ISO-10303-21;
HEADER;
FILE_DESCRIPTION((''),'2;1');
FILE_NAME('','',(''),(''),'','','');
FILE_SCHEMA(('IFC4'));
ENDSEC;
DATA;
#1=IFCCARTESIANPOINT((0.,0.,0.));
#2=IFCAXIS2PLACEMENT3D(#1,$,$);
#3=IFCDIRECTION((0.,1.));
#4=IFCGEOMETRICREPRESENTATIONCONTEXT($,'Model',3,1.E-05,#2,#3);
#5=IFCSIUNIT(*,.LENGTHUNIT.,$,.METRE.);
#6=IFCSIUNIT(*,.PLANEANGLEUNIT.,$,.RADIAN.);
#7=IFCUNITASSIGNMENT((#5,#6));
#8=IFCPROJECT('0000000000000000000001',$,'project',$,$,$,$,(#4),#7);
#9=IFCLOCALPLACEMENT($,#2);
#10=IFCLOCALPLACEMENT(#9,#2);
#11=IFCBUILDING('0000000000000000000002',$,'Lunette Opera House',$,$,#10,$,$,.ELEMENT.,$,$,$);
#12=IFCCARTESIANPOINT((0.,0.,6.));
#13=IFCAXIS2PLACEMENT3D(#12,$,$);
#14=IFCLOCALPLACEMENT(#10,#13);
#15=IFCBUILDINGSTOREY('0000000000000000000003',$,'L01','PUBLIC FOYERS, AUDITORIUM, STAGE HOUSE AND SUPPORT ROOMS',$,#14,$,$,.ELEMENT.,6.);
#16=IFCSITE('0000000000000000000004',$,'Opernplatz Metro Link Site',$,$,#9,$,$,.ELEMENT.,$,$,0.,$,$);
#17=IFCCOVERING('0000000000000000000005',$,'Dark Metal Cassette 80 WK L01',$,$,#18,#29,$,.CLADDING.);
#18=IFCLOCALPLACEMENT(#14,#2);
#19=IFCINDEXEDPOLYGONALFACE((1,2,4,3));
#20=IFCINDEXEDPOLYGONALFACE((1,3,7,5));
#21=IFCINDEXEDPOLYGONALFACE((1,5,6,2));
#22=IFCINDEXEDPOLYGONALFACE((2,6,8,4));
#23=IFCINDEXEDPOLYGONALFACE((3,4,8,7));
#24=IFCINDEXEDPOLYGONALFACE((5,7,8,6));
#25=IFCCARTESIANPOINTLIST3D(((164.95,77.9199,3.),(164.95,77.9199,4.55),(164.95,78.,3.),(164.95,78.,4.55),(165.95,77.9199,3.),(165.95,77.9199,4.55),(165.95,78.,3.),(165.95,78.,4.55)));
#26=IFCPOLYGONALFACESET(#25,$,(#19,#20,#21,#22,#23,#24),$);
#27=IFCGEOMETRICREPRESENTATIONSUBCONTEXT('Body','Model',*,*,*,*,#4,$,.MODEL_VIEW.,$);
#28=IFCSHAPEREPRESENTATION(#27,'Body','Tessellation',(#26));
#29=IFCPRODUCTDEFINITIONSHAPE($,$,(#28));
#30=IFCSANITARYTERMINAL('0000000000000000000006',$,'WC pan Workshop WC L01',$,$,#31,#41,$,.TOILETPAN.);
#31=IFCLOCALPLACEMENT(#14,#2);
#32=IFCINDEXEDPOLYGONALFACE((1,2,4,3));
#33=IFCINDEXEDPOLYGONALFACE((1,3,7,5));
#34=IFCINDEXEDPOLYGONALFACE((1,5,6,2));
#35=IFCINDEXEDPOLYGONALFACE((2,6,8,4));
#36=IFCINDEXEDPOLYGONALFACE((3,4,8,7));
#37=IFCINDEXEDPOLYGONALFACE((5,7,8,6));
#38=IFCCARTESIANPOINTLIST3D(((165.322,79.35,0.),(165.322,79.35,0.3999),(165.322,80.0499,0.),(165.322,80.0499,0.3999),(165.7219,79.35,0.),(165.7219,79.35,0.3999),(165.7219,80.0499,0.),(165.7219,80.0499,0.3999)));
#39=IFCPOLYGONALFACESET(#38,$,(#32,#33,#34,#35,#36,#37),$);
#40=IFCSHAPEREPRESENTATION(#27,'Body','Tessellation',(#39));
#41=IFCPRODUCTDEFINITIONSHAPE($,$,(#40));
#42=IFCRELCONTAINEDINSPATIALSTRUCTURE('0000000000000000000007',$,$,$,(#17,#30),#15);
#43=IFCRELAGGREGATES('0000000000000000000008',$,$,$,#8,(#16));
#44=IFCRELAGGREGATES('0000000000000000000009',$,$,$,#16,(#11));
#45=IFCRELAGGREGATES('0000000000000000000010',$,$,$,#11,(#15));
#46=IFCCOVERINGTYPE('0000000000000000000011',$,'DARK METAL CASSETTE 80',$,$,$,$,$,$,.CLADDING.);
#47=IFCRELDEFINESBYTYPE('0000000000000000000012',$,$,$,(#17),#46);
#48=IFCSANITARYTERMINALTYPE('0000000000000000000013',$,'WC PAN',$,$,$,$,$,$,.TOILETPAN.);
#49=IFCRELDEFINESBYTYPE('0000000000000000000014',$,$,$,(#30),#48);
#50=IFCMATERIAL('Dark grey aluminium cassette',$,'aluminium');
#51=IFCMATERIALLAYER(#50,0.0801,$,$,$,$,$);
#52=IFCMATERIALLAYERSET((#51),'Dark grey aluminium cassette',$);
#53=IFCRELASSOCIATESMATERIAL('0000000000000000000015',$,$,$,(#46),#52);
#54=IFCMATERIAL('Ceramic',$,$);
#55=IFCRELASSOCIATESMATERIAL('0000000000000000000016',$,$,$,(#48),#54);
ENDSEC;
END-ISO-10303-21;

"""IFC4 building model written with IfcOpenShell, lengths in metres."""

from ifc_helpers import new_model, si_unit, direction, frame, origin, origin_2d, place, context, subcontext, project, spatial, rectangle, extrude, material, layer, layer_set, type_object, element, save


model = new_model("IFC4")

# Units and contexts
model_context = context("Model", 3, precision=1e-05, world=origin(), true_north=direction((0.0, 1.0)))
body_context = subcontext(model_context, "Body", "Model", "MODEL_VIEW")
ifc_project = project(units=[si_unit("LENGTHUNIT", "METRE"), si_unit("PLANEANGLEUNIT", "RADIAN")], contexts=[model_context])

# Site, building, storey
site_placement = place(None, origin())
site = spatial("IfcSite", under=ifc_project, at=site_placement, Name="Opernplatz Metro Link Site", CompositionType="ELEMENT", RefElevation=0.0)
building_placement = place(site_placement, origin())
building = spatial("IfcBuilding", under=site, at=building_placement, Name="Lunette Opera House", CompositionType="ELEMENT")
storey_placement = place(building_placement, frame((0.0, 0.0, 6.0)))
storey = spatial("IfcBuildingStorey", under=building, at=storey_placement, Name="L01", Description="PUBLIC FOYERS, AUDITORIUM, STAGE HOUSE AND SUPPORT ROOMS", CompositionType="ELEMENT", Elevation=6.0)

# Covering
ifc_material_1 = material(Name="Dark grey aluminium cassette", Category="aluminium")
ifc_layer_1 = layer(ifc_material_1, 0.0801)
ifc_layer_set_1 = layer_set([ifc_layer_1], Name="Dark grey aluminium cassette")
covering_type = type_object("IfcCoveringType", Name="DARK METAL CASSETTE 80", PredefinedType="CLADDING", material=ifc_layer_set_1)
covering_1_placement = place(storey_placement, frame((165.45, 77.96, 3.0), z_axis=(0.0, 0.0, 1.0), x_axis=(1.0, 0.0, 0.0)))
element("IfcCovering", 1, at=covering_1_placement, inside=storey, type_object=covering_type, Name="Dark Metal Cassette 80 WK L01", PredefinedType="CLADDING", context=body_context, shape_type="SweptSolid", body=[
    extrude(rectangle(XDim=1.0, YDim=0.0801, at=origin_2d()), origin(), (0.0, 0.0, 1.0), 1.55),
])

# Sanitary terminal
ifc_material_2 = material(Name="Ceramic")
sanitary_terminal_type = type_object("IfcSanitaryTerminalType", Name="WC PAN", PredefinedType="TOILETPAN", material=ifc_material_2)
sanitary_terminal_placement = place(storey_placement, frame((165.522, 79.7, 0.0), z_axis=(0.0, 0.0, 1.0), x_axis=(1.0, 0.0, 0.0)))
element("IfcSanitaryTerminal", 2, at=sanitary_terminal_placement, inside=storey, type_object=sanitary_terminal_type, Name="WC pan Workshop WC L01", PredefinedType="TOILETPAN", context=body_context, shape_type="SweptSolid", body=[
    extrude(rectangle(XDim=0.3999, YDim=0.7, at=origin_2d()), origin(), (0.0, 0.0, 1.0), 0.3999),
])

save(model, "model.ifc")
